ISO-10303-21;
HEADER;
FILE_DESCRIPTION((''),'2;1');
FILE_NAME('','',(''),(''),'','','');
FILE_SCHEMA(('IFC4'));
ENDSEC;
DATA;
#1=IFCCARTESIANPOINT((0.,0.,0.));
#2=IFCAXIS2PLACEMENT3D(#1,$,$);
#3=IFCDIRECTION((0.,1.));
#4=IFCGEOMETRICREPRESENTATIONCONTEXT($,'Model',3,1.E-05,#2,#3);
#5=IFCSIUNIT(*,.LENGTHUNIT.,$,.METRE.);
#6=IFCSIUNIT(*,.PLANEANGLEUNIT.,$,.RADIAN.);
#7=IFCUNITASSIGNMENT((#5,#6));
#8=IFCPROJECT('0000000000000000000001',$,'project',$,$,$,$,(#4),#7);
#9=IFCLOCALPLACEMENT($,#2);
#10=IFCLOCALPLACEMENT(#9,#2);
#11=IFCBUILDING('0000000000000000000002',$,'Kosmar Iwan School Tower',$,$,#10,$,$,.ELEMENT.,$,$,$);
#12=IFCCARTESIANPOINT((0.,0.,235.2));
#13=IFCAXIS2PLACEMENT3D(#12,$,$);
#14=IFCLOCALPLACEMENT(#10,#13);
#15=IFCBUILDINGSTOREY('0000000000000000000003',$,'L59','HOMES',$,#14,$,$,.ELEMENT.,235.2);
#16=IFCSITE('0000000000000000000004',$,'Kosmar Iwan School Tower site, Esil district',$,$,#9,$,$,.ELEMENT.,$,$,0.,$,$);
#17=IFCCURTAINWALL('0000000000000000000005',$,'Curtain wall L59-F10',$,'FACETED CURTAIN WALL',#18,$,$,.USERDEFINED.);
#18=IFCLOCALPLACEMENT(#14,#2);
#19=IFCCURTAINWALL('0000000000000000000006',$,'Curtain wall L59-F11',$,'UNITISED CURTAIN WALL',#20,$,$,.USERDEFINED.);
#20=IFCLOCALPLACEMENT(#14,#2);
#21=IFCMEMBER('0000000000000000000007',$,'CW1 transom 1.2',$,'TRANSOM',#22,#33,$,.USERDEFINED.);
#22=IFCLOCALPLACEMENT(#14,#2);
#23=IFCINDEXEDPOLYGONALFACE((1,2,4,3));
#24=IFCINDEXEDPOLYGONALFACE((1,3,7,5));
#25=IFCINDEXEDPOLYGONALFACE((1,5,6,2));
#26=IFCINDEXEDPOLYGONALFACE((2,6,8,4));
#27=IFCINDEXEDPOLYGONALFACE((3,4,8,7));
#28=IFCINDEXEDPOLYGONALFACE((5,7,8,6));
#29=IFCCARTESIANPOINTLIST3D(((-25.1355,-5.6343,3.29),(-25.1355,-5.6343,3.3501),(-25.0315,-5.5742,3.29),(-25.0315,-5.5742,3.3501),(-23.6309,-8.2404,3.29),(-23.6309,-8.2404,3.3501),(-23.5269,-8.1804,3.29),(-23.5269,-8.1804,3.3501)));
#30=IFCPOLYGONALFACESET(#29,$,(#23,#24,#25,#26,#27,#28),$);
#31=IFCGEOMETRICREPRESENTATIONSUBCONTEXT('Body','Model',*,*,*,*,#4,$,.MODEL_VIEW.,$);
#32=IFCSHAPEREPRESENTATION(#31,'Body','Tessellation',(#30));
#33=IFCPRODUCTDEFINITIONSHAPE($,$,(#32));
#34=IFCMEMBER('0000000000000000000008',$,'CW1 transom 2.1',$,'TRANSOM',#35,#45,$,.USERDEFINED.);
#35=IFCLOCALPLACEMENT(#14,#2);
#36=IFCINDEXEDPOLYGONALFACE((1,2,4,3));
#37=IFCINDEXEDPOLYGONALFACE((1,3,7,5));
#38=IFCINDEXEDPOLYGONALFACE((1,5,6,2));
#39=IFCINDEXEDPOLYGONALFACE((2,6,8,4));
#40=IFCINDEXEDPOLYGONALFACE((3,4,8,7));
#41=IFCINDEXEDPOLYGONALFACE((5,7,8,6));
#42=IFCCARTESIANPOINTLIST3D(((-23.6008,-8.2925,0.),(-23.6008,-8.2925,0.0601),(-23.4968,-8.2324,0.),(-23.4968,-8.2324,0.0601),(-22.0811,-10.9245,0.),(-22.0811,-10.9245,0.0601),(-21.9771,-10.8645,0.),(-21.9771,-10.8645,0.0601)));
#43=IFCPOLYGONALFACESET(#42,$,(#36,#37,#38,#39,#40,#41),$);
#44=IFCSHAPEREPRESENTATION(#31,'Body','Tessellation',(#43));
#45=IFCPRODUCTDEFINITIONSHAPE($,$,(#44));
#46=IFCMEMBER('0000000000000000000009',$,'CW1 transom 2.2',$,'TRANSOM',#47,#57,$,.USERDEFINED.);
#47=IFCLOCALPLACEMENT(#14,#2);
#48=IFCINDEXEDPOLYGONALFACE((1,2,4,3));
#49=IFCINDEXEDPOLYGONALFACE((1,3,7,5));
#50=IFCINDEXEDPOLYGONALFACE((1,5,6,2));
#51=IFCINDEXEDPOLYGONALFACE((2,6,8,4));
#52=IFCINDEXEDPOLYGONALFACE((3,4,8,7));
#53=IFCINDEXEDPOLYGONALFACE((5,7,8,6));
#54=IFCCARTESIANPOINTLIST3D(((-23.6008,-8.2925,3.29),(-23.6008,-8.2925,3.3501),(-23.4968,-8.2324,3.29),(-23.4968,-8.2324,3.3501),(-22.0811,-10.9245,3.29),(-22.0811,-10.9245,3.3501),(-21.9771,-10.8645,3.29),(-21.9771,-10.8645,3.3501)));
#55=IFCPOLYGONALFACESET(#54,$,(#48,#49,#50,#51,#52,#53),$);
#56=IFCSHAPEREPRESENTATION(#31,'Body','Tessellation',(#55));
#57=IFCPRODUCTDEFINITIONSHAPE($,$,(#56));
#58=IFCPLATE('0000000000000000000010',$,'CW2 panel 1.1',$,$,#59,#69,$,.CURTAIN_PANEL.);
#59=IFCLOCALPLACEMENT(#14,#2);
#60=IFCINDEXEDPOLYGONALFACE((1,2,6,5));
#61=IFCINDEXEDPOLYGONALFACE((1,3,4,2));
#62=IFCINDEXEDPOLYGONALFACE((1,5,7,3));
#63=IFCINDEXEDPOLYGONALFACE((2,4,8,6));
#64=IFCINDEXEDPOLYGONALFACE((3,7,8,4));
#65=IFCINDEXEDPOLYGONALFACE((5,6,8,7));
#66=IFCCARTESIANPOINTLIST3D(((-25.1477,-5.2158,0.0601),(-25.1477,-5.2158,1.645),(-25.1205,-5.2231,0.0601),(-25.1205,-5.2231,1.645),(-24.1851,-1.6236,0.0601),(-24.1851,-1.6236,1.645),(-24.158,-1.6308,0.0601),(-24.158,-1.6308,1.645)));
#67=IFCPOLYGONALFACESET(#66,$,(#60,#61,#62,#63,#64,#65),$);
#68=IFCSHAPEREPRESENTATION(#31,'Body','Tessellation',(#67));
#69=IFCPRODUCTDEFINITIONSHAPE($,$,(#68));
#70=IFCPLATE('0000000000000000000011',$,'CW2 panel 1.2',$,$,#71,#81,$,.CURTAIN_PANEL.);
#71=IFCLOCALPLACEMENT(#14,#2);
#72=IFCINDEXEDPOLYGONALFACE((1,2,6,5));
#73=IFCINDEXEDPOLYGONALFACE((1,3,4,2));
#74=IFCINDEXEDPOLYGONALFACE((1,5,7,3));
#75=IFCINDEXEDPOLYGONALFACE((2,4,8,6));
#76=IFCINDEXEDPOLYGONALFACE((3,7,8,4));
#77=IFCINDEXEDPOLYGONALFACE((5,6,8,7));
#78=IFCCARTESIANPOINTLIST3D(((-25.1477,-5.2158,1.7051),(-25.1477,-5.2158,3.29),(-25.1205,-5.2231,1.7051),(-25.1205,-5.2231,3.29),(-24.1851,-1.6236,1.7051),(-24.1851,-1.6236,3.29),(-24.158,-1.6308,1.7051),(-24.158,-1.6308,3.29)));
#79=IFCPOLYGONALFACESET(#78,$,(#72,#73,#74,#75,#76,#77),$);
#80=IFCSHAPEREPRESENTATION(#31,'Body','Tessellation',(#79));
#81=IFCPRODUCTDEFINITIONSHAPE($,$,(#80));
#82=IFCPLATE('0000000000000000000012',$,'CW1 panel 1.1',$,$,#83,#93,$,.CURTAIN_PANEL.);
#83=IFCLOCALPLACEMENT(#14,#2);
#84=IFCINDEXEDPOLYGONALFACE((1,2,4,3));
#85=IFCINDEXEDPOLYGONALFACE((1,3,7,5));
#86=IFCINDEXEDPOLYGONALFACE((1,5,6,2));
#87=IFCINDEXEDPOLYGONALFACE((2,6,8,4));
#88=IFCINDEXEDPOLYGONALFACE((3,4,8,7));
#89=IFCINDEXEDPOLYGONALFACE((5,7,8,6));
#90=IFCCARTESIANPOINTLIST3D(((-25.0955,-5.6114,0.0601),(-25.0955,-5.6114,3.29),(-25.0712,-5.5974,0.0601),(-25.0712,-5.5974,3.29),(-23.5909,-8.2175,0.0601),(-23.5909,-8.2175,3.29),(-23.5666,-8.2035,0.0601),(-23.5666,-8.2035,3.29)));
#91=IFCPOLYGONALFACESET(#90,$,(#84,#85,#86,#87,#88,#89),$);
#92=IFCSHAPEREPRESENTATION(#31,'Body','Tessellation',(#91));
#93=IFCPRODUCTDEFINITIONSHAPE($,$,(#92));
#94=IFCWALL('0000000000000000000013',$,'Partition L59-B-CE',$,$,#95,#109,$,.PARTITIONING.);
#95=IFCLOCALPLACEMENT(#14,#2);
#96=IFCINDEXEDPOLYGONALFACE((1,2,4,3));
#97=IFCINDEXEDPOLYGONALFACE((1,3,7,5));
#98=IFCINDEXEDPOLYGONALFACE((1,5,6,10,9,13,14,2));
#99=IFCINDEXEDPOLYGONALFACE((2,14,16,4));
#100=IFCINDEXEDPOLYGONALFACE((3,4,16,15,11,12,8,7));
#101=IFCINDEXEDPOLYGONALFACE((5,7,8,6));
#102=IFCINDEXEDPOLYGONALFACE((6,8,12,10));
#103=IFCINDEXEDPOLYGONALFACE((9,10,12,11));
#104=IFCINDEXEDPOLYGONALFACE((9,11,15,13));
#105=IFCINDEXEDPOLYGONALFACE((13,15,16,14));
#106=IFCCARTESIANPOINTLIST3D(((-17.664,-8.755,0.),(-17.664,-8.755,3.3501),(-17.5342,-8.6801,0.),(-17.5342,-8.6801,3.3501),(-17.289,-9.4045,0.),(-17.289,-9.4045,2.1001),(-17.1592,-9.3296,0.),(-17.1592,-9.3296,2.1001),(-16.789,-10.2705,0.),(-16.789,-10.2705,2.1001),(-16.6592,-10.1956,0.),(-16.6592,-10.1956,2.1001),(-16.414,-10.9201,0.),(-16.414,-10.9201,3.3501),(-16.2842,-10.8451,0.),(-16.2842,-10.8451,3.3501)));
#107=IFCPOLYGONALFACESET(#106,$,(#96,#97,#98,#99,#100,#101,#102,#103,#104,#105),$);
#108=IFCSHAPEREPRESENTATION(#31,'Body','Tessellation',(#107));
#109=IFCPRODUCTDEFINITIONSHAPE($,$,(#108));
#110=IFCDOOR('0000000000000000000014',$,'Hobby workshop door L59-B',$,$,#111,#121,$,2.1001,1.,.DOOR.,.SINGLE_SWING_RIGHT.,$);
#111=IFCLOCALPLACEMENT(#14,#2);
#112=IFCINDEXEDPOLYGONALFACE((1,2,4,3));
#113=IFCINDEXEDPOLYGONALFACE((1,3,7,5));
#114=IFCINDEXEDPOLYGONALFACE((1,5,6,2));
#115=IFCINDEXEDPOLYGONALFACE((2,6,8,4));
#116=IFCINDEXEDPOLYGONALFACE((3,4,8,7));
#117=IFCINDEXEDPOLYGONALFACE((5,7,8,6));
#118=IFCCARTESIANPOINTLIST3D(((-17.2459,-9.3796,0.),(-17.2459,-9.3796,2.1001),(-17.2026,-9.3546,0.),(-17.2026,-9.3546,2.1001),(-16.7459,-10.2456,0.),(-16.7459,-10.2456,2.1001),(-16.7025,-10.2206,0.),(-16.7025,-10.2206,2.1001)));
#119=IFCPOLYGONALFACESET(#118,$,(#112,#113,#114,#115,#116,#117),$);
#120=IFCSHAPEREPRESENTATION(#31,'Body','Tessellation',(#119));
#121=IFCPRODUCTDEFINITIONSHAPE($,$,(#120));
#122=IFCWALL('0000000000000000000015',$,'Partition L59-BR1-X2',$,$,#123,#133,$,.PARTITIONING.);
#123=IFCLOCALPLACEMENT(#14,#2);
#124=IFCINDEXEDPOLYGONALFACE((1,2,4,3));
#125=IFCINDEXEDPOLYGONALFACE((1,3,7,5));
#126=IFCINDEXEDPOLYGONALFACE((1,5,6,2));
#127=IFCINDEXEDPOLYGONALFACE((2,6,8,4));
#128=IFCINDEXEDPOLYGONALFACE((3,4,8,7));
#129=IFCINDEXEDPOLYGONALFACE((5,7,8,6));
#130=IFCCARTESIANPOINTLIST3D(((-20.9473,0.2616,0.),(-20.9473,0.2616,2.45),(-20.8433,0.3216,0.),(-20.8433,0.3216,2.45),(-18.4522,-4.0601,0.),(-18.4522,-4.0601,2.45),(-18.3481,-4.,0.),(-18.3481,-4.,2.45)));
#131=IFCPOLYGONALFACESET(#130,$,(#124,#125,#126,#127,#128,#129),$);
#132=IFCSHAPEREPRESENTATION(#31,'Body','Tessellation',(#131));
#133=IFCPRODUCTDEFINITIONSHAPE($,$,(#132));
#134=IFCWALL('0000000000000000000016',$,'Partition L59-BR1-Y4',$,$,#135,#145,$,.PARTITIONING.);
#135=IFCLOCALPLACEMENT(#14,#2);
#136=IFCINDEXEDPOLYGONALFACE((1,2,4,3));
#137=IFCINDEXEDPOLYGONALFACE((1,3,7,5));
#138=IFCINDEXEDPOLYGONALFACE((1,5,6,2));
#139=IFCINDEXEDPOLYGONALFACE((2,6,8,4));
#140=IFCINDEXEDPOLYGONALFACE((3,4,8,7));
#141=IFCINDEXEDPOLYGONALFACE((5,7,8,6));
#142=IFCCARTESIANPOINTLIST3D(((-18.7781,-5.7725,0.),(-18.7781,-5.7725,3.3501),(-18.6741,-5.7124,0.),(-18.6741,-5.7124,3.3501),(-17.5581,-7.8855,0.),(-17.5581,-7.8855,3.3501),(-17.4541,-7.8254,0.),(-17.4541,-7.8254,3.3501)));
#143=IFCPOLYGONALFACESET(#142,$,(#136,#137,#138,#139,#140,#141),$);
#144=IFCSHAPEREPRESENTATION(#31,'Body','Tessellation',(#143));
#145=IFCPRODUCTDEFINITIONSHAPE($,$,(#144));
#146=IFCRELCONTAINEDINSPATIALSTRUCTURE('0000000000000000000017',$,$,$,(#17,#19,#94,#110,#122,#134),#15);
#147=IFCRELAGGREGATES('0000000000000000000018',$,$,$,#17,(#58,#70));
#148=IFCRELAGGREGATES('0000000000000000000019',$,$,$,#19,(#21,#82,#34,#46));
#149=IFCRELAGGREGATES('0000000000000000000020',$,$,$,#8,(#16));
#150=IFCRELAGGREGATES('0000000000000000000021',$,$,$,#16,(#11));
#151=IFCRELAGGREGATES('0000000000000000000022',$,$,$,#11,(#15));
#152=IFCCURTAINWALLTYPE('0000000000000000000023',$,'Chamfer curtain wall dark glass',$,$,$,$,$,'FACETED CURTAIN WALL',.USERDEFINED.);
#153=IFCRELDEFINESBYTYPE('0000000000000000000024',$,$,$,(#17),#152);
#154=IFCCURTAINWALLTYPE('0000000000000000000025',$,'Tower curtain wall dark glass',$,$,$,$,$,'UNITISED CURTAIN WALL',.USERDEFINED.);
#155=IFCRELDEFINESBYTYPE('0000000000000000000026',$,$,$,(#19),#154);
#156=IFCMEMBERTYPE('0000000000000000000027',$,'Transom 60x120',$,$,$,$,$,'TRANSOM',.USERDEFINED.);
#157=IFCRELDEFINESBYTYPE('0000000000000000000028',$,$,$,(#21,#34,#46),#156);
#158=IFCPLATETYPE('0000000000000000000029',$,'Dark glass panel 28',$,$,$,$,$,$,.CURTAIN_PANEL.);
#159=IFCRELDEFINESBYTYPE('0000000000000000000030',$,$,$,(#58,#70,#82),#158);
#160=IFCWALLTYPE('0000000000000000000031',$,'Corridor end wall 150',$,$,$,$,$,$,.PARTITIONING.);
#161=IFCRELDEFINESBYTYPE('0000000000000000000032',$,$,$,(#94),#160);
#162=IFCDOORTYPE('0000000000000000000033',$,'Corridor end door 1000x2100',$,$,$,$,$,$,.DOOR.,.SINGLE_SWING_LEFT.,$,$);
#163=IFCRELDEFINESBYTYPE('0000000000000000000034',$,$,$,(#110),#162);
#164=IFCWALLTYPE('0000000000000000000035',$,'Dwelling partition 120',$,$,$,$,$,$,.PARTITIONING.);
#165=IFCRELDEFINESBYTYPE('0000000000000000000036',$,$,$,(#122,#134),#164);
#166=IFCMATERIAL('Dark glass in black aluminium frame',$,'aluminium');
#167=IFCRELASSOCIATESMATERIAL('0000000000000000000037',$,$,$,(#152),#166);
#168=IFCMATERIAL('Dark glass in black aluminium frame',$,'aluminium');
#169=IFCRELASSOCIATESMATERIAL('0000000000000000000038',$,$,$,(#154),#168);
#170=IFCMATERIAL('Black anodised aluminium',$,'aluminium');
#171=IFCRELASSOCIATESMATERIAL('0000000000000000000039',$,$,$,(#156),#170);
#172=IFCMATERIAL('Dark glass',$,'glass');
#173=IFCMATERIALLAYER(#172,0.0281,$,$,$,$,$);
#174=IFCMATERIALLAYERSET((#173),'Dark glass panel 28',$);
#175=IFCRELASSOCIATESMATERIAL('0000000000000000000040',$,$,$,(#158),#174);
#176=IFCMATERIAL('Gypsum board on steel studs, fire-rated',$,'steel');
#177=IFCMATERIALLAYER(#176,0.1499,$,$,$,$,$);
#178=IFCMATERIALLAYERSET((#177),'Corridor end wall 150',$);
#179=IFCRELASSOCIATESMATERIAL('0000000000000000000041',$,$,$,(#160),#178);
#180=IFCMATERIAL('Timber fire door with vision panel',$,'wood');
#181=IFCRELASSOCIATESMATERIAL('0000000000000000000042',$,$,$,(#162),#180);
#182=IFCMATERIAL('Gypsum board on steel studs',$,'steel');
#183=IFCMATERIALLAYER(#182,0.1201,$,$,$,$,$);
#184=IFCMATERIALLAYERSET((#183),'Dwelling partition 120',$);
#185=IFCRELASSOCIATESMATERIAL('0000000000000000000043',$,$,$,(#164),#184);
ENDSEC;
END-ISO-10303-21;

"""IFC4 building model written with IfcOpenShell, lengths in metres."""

from ifc_helpers import new_model, si_unit, direction, frame, frame_2d, origin, origin_2d, place, context, subcontext, project, spatial, rectangle, extrude, material, layer, layer_set, material_profile, profile_set, type_object, element, fill, aggregate, save


model = new_model("IFC4")

# Units and contexts
model_context = context("Model", 3, precision=1e-05, world=origin(), true_north=direction((0.0, 1.0)))
body_context = subcontext(model_context, "Body", "Model", "MODEL_VIEW")
ifc_project = project(units=[si_unit("LENGTHUNIT", "METRE"), si_unit("PLANEANGLEUNIT", "RADIAN")], contexts=[model_context])

# Site, building, storey
site_placement = place(None, origin())
site = spatial("IfcSite", under=ifc_project, at=site_placement, Name="Kosmar Iwan School Tower site, Esil district", CompositionType="ELEMENT", RefElevation=0.0)
building_placement = place(site_placement, origin())
building = spatial("IfcBuilding", under=site, at=building_placement, Name="Kosmar Iwan School Tower", CompositionType="ELEMENT")
storey_placement = place(building_placement, frame((0.0, 0.0, 235.2)))
storey = spatial("IfcBuildingStorey", under=building, at=storey_placement, Name="L59", Description="HOMES", CompositionType="ELEMENT", Elevation=235.2)

# Curtain walls
ifc_material_1 = material(Name="Dark glass in black aluminium frame", Category="aluminium")
curtain_wall_type_1 = type_object("IfcCurtainWallType", Name="Chamfer curtain wall dark glass", ElementType="FACETED CURTAIN WALL", PredefinedType="USERDEFINED", material=ifc_material_1)
curtain_wall_1_placement = place(storey_placement, origin())
curtain_wall_1 = element("IfcCurtainWall", 1, at=curtain_wall_1_placement, inside=storey, type_object=curtain_wall_type_1, Name="Curtain wall L59-F10", ObjectType="FACETED CURTAIN WALL", PredefinedType="USERDEFINED")
ifc_material_2 = material(Name="Dark glass in black aluminium frame", Category="aluminium")
curtain_wall_type_2 = type_object("IfcCurtainWallType", Name="Tower curtain wall dark glass", ElementType="UNITISED CURTAIN WALL", PredefinedType="USERDEFINED", material=ifc_material_2)
curtain_wall_2_placement = place(storey_placement, origin())
curtain_wall_2 = element("IfcCurtainWall", 2, at=curtain_wall_2_placement, inside=storey, type_object=curtain_wall_type_2, Name="Curtain wall L59-F11", ObjectType="UNITISED CURTAIN WALL", PredefinedType="USERDEFINED")

# Members
ifc_material_3 = material(Name="Black anodised aluminium", Category="aluminium")
ifc_material_profile_1 = material_profile(ifc_material_3, rectangle(XDim=0.1201, YDim=0.0601, at=origin_2d()), Name="TRANSOM 60x120")
ifc_profile_set_1 = profile_set([ifc_material_profile_1], Name="Black anodised aluminium")
member_type_1 = type_object("IfcMemberType", Name="Transom 60x120", ElementType="TRANSOM", PredefinedType="USERDEFINED", material=ifc_profile_set_1)
member_1_placement = place(storey_placement, frame((-25.0835, -5.6042, 3.3201), z_axis=(0.499987, -0.866033, 0.0), x_axis=(0.866033, 0.499987, 0.0)))
member_1 = element("IfcMember", 3, at=member_1_placement, type_object=member_type_1, Name="CW1 transom 1.2", ObjectType="TRANSOM", PredefinedType="USERDEFINED", context=body_context, shape_type="SweptSolid", body=[
    extrude(rectangle(XDim=0.1201, YDim=0.0601, at=origin_2d()), origin(), (0.0, 0.0, 1.0), 3.0093),
])
member_2_placement = place(storey_placement, frame((-23.5488, -8.2625, 0.03), z_axis=(0.500035, -0.866005, 0.0), x_axis=(0.866005, 0.500035, 0.0)))
member_2 = element("IfcMember", 4, at=member_2_placement, type_object=member_type_1, Name="CW1 transom 2.1", ObjectType="TRANSOM", PredefinedType="USERDEFINED", context=body_context, shape_type="SweptSolid", body=[
    extrude(rectangle(XDim=0.1201, YDim=0.0601, at=origin_2d()), origin(), (0.0, 0.0, 1.0), 3.0393),
])
member_3_placement = place(storey_placement, frame((-23.5488, -8.2625, 3.3201), z_axis=(0.500035, -0.866005, 0.0), x_axis=(0.866005, 0.500035, 0.0)))
member_3 = element("IfcMember", 5, at=member_3_placement, type_object=member_type_1, Name="CW1 transom 2.2", ObjectType="TRANSOM", PredefinedType="USERDEFINED", context=body_context, shape_type="SweptSolid", body=[
    extrude(rectangle(XDim=0.1201, YDim=0.0601, at=origin_2d()), origin(), (0.0, 0.0, 1.0), 3.0393),
])

# Plates
ifc_material_4 = material(Name="Dark glass", Category="glass")
ifc_layer_1 = layer(ifc_material_4, 0.0281)
ifc_layer_set_1 = layer_set([ifc_layer_1], Name="Dark glass panel 28")
plate_type = type_object("IfcPlateType", Name="Dark glass panel 28", PredefinedType="CURTAIN_PANEL", material=ifc_layer_set_1)
plate_1_placement = place(storey_placement, frame((-24.6528, -3.4233, 0.0601), z_axis=(0.0, 0.0, 1.0), x_axis=(-0.258819, -0.965926, 0.0)))
plate_1 = element("IfcPlate", 6, at=plate_1_placement, type_object=plate_type, Name="CW2 panel 1.1", PredefinedType="CURTAIN_PANEL", context=body_context, shape_type="SweptSolid", body=[
    extrude(rectangle(XDim=3.719, YDim=0.0281, at=origin_2d()), origin(), (0.0, 0.0, 1.0), 1.585),
])
plate_2_placement = place(storey_placement, frame((-24.6528, -3.4233, 1.7051), z_axis=(0.0, 0.0, 1.0), x_axis=(-0.258819, -0.965926, 0.0)))
plate_2 = element("IfcPlate", 7, at=plate_2_placement, type_object=plate_type, Name="CW2 panel 1.2", PredefinedType="CURTAIN_PANEL", context=body_context, shape_type="SweptSolid", body=[
    extrude(rectangle(XDim=3.719, YDim=0.0281, at=origin_2d()), origin(), (0.0, 0.0, 1.0), 1.585),
])
aggregate(curtain_wall_1, [plate_1, plate_2])
plate_3_placement = place(storey_placement, frame((-24.3311, -6.9075, 0.0601), z_axis=(0.0, 0.0, 1.0), x_axis=(0.5, -0.866025, 0.0)))
plate_3 = element("IfcPlate", 8, at=plate_3_placement, type_object=plate_type, Name="CW1 panel 1.1", PredefinedType="CURTAIN_PANEL", context=body_context, shape_type="SweptSolid", body=[
    extrude(rectangle(XDim=3.0093, YDim=0.0281, at=origin_2d()), origin(), (0.0, 0.0, 1.0), 3.23),
])
aggregate(curtain_wall_2, [member_1, plate_3, member_2, member_3])

# Wall, opening, door
ifc_material_5 = material(Name="Gypsum board on steel studs, fire-rated", Category="steel")
ifc_layer_2 = layer(ifc_material_5, 0.1499)
ifc_layer_set_2 = layer_set([ifc_layer_2], Name="Corridor end wall 150")
wall_type_1 = type_object("IfcWallType", Name="Corridor end wall 150", PredefinedType="PARTITIONING", material=ifc_layer_set_2)
wall_1_placement = place(storey_placement, frame((-17.5991, -8.7175, 0.0), z_axis=(0.0, 0.0, 1.0), x_axis=(0.500004, -0.866023, 0.0)))
wall_1 = element("IfcWall", 9, at=wall_1_placement, inside=storey, type_object=wall_type_1, Name="Partition L59-B-CE", PredefinedType="PARTITIONING", context=body_context, shape_type="SweptSolid", body=[
    extrude(rectangle(XDim=2.5, YDim=0.1499, at=frame_2d((1.25, 0.0))), origin(), (0.0, 0.0, 1.0), 3.3501),
])
opening_placement = place(wall_1_placement, frame((0.75, 0.0, 0.0)))
opening = element("IfcOpeningElement", 10, at=opening_placement, cuts=wall_1, PredefinedType="OPENING", context=body_context, shape_type="SweptSolid", body=[
    extrude(rectangle(XDim=1.0, YDim=2.1001, at=frame_2d((0.5, 1.05))), frame((0.0, 0.0869, 0.0), z_axis=(0.0, -1.0, 0.0), x_axis=(1.0, 0.0, 0.0)), (0.0, 0.0, 1.0), 0.1738),
])
ifc_material_6 = material(Name="Timber fire door with vision panel", Category="wood")
door_type = type_object("IfcDoorType", Name="Corridor end door 1000x2100", OperationType="SINGLE_SWING_LEFT", PredefinedType="DOOR", material=ifc_material_6)
door_placement = place(opening_placement, origin())
door = element("IfcDoor", 11, at=door_placement, inside=storey, type_object=door_type, Name="Hobby workshop door L59-B", OperationType="SINGLE_SWING_RIGHT", OverallHeight=2.1001, OverallWidth=1.0, PredefinedType="DOOR", context=body_context, shape_type="SweptSolid", body=[
    extrude(rectangle(XDim=1.0, YDim=2.1001, at=frame_2d((0.5, 1.05))), frame((0.0, 0.0249, 0.0), z_axis=(0.0, -1.0, 0.0), x_axis=(1.0, 0.0, 0.0)), (0.0, 0.0, 1.0), 0.05),
])
fill(opening, door)

# Walls
ifc_material_7 = material(Name="Gypsum board on steel studs", Category="steel")
ifc_layer_3 = layer(ifc_material_7, 0.1201)
ifc_layer_set_3 = layer_set([ifc_layer_3], Name="Dwelling partition 120")
wall_type_2 = type_object("IfcWallType", Name="Dwelling partition 120", PredefinedType="PARTITIONING", material=ifc_layer_set_3)
wall_2_placement = place(storey_placement, frame((-18.4001, -4.03, 0.0), z_axis=(0.0, 0.0, 1.0), x_axis=(-0.500012, 0.866019, 0.0)))
element("IfcWall", 12, at=wall_2_placement, inside=storey, type_object=wall_type_2, Name="Partition L59-BR1-X2", PredefinedType="PARTITIONING", context=body_context, shape_type="SweptSolid", body=[
    extrude(rectangle(XDim=4.9902, YDim=0.1201, at=frame_2d((2.4951, 0.0))), origin(), (0.0, 0.0, 1.0), 2.45),
])
wall_3_placement = place(storey_placement, frame((-17.5061, -7.8555, 0.0), z_axis=(0.0, 0.0, 1.0), x_axis=(-0.500003, 0.866024, 0.0)))
element("IfcWall", 13, at=wall_3_placement, inside=storey, type_object=wall_type_2, Name="Partition L59-BR1-Y4", PredefinedType="PARTITIONING", context=body_context, shape_type="SweptSolid", body=[
    extrude(rectangle(XDim=2.4399, YDim=0.1201, at=frame_2d((1.22, 0.0))), origin(), (0.0, 0.0, 1.0), 3.3501),
])

save(model, "model.ifc")
